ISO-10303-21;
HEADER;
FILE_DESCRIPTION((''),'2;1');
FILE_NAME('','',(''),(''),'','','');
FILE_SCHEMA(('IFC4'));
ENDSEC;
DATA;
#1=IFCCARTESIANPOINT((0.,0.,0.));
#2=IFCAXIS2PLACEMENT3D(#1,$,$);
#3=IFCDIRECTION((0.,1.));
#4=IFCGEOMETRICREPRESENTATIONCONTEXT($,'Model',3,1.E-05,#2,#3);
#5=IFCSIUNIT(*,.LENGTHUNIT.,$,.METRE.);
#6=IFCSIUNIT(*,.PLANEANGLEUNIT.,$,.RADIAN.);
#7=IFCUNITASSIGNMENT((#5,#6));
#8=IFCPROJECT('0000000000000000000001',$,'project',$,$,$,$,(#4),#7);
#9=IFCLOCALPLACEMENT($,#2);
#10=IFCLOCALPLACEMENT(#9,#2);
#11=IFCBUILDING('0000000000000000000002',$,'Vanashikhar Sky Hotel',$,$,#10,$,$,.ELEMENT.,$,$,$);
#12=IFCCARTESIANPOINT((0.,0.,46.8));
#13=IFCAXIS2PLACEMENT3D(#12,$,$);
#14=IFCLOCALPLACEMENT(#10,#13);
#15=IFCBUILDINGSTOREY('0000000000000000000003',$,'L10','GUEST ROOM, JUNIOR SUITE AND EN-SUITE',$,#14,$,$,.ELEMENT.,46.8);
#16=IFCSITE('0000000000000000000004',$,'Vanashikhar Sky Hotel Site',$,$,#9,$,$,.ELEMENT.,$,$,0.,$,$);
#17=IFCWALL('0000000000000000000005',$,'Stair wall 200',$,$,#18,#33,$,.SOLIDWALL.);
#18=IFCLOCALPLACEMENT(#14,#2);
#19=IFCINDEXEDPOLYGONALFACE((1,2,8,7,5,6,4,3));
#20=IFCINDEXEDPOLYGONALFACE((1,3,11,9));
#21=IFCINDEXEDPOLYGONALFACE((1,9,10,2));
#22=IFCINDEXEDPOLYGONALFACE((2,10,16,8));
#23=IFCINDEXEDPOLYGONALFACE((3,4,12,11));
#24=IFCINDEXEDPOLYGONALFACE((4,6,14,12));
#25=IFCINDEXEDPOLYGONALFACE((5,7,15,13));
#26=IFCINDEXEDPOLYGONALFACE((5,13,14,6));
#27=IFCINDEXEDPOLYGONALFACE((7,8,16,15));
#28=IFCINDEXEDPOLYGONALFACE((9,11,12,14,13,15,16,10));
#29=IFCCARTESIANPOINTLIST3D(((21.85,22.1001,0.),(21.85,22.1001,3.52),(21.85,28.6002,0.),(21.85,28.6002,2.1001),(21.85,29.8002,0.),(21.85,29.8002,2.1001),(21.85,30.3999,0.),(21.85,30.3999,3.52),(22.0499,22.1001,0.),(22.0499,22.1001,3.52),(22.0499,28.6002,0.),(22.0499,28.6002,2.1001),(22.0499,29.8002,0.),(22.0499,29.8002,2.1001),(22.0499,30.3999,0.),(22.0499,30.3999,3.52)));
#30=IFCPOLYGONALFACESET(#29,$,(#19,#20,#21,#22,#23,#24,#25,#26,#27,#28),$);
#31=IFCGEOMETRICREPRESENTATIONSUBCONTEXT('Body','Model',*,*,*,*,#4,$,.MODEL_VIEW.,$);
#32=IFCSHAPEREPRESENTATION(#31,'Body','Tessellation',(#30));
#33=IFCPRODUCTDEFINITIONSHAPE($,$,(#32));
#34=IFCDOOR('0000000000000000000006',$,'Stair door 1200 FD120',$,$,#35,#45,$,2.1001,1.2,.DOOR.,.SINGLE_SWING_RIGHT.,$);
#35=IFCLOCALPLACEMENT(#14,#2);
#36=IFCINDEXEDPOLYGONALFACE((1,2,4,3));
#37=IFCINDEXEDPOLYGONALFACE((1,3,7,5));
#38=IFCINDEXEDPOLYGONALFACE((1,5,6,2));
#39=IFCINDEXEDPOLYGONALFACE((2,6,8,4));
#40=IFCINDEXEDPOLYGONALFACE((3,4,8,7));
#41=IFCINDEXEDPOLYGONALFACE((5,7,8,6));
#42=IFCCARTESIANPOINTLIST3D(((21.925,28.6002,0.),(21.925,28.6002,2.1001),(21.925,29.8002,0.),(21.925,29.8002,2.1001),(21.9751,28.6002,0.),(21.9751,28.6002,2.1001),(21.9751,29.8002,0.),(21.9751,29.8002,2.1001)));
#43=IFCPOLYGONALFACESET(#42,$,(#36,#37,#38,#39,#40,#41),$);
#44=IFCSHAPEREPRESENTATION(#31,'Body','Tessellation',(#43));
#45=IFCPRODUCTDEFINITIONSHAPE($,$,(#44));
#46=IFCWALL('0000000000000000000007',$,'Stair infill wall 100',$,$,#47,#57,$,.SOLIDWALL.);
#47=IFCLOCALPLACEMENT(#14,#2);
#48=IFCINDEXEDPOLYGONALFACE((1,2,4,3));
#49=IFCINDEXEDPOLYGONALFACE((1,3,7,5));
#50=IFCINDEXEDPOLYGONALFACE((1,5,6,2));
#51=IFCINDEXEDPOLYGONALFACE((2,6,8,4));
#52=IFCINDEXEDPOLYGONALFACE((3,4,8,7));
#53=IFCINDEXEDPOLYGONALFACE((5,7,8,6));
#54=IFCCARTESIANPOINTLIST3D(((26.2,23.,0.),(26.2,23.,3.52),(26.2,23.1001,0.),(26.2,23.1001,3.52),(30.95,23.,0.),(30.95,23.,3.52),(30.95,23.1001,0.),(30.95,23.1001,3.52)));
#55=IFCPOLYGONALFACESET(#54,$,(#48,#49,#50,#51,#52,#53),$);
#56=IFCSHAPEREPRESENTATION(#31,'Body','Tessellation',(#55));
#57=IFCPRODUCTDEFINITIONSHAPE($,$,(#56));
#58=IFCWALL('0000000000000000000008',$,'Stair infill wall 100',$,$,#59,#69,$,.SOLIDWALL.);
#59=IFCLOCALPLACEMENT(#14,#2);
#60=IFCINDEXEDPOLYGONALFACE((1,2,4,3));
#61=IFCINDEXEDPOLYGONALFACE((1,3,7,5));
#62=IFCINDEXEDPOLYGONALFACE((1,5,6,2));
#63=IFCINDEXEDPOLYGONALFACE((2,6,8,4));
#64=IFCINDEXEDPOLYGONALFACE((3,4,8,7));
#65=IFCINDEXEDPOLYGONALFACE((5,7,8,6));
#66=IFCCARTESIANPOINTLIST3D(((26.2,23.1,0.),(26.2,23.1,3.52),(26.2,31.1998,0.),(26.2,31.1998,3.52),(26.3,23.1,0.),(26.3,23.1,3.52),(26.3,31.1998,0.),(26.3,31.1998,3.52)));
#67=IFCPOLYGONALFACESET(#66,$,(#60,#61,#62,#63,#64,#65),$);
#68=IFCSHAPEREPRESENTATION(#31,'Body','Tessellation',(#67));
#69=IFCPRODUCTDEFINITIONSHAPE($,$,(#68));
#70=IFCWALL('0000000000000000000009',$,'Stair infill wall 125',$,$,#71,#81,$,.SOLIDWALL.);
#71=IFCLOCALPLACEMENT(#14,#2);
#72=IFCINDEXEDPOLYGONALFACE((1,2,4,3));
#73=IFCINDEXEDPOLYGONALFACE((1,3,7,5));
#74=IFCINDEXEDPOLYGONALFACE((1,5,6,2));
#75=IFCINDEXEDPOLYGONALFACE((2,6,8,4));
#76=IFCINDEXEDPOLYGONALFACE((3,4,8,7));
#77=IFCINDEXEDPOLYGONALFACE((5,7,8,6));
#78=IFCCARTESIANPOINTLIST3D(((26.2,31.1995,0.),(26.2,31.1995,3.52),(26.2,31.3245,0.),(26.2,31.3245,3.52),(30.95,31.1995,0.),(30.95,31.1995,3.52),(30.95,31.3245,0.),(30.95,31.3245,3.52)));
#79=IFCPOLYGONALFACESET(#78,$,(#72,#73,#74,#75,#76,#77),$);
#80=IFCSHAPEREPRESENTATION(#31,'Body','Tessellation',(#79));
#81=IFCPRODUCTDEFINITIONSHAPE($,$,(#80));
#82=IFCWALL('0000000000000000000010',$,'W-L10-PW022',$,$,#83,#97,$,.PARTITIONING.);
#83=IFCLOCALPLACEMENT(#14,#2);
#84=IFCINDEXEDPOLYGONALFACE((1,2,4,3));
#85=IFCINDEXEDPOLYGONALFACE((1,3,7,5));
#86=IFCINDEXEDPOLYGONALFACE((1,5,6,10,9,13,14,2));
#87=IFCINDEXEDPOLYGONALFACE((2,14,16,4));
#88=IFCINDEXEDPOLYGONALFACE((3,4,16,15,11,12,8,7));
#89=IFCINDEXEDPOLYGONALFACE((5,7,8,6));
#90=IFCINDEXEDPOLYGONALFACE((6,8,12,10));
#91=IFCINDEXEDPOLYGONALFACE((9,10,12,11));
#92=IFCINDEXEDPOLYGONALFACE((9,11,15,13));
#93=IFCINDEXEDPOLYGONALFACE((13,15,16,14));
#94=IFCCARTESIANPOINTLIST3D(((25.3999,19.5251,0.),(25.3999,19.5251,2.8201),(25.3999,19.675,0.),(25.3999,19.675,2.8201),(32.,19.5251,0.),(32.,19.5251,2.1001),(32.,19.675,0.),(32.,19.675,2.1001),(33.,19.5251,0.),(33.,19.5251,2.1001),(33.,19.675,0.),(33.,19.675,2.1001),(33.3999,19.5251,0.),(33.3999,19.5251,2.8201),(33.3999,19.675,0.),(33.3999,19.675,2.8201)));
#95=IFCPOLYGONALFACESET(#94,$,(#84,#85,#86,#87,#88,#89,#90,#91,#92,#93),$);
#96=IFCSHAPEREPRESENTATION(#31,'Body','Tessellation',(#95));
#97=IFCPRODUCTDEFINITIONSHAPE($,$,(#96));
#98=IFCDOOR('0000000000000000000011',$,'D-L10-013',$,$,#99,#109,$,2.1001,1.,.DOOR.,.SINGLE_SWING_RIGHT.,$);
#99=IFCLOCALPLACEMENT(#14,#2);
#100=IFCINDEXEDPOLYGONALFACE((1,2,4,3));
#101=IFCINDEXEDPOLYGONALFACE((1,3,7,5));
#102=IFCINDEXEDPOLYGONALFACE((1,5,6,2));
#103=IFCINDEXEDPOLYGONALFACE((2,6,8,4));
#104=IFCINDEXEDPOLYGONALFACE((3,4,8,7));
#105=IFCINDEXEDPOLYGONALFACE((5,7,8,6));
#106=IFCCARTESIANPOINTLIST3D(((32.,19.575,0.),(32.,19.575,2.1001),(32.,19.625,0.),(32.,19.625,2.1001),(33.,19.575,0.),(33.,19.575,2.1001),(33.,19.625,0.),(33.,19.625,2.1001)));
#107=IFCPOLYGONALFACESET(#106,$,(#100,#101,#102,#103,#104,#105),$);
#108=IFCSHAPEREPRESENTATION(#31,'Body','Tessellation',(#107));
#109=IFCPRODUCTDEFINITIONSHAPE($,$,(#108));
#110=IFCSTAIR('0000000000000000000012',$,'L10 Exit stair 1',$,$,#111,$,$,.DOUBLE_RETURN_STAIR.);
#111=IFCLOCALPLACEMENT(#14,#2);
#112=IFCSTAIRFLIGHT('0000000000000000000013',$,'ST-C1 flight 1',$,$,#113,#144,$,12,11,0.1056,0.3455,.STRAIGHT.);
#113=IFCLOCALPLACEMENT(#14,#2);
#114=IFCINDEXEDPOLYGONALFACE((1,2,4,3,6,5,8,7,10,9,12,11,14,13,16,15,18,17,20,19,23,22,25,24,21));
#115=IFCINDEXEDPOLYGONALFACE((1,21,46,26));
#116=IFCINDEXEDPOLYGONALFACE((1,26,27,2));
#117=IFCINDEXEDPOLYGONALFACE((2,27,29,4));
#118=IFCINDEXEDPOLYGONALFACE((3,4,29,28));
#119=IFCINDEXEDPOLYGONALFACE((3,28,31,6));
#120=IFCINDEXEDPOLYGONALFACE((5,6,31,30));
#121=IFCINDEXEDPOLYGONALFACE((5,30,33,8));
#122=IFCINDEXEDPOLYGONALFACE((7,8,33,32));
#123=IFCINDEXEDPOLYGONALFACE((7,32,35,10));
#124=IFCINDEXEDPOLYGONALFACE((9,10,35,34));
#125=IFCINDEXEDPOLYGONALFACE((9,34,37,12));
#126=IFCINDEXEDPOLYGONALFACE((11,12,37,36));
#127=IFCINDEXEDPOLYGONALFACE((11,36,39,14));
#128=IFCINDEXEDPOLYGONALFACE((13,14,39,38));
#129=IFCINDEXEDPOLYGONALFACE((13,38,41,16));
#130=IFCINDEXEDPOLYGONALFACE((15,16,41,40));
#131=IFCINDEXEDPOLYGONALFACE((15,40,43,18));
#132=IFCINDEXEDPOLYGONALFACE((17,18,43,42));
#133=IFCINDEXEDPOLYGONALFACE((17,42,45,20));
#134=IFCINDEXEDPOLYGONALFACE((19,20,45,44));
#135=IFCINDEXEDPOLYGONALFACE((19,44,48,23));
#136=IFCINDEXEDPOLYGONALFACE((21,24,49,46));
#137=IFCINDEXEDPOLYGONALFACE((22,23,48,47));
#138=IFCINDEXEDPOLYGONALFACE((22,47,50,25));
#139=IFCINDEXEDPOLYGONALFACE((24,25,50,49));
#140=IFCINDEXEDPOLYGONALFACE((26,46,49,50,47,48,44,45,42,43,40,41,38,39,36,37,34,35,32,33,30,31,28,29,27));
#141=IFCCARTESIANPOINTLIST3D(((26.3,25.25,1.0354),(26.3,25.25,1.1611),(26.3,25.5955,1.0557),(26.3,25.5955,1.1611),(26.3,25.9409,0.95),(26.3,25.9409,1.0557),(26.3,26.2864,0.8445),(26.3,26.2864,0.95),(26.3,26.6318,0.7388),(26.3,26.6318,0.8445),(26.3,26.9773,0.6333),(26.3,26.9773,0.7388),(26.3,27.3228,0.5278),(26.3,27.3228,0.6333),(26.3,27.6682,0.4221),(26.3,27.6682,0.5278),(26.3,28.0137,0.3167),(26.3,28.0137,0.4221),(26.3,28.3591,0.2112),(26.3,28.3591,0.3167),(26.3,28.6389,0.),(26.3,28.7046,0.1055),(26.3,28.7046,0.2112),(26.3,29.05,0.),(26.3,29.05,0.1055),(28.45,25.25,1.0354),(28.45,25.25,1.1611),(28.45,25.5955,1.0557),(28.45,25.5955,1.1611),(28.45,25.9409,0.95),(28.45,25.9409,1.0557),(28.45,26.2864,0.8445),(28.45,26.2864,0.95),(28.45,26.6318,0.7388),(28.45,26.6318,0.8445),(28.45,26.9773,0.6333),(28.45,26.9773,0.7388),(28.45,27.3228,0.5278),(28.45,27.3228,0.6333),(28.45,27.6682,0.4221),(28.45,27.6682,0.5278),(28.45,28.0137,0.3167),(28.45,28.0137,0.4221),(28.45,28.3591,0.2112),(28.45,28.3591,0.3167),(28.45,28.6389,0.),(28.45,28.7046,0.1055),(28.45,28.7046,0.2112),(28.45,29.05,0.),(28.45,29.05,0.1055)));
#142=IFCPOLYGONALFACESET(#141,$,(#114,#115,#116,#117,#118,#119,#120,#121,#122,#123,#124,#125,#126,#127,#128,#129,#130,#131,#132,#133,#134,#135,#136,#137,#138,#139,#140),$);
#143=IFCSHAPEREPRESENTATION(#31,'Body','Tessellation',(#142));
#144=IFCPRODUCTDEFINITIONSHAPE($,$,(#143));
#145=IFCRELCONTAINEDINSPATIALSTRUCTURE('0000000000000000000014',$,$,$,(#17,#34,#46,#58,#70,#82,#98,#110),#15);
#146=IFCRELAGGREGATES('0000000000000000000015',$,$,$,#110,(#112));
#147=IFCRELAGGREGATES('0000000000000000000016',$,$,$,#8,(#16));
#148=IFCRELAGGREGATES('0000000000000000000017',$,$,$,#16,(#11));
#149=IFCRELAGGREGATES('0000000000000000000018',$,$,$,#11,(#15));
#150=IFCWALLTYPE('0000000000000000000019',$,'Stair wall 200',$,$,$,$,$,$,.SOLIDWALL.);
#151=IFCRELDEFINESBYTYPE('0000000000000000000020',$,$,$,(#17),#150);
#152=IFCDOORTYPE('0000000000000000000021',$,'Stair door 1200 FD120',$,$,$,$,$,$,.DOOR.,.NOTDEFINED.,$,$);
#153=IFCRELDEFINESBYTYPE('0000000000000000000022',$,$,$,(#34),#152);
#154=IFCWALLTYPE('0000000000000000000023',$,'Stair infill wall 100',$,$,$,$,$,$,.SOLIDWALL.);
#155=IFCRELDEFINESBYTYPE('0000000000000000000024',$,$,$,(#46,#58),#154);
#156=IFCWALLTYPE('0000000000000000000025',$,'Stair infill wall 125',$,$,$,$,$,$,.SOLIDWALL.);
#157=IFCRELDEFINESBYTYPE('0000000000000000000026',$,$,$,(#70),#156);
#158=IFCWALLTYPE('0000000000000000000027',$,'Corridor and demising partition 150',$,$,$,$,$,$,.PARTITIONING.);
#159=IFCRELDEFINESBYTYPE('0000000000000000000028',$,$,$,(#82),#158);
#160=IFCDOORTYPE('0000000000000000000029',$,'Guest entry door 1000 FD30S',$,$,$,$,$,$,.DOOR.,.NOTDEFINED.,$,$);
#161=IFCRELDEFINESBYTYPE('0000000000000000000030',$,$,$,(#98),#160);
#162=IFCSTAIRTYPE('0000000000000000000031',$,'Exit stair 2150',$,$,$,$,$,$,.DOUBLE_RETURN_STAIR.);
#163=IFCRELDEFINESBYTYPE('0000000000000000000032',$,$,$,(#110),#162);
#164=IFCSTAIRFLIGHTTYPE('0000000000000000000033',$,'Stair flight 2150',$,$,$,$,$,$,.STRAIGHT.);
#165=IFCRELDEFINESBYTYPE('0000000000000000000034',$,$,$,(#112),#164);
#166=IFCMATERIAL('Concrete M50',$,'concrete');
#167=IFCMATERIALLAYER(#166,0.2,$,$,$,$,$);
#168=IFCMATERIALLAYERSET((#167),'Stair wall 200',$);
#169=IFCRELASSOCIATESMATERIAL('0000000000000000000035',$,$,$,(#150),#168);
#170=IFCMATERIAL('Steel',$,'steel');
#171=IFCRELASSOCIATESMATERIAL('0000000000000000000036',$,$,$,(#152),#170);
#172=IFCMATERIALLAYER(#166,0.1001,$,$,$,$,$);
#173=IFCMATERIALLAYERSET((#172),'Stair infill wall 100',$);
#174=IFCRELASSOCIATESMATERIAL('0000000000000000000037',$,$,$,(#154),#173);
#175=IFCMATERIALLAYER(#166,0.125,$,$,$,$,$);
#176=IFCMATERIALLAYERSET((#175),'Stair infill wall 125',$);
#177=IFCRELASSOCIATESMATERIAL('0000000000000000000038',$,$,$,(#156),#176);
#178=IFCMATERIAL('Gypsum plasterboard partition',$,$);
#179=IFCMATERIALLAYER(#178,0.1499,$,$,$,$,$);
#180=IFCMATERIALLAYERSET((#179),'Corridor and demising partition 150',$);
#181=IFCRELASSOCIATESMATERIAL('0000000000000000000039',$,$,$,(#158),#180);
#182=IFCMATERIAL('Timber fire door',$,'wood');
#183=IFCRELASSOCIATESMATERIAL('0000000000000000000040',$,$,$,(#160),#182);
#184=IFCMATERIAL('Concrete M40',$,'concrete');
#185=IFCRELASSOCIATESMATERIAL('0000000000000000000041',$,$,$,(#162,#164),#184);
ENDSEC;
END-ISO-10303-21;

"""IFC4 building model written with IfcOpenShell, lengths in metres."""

from ifc_helpers import new_model, si_unit, direction, frame, frame_2d, origin, place, context, subcontext, project, spatial, polyline, rectangle, outline, extrude, source, transform, mapped, material, layer, layer_set, type_object, element, fill, aggregate, save


model = new_model("IFC4")

# Units and contexts
model_context = context("Model", 3, precision=1e-05, world=origin(), true_north=direction((0.0, 1.0)))
body_context = subcontext(model_context, "Body", "Model", "MODEL_VIEW")
ifc_project = project(units=[si_unit("LENGTHUNIT", "METRE"), si_unit("PLANEANGLEUNIT", "RADIAN")], contexts=[model_context])

# Site, building, storey
site_placement = place(None, origin())
site = spatial("IfcSite", under=ifc_project, at=site_placement, Name="Vanashikhar Sky Hotel Site", CompositionType="ELEMENT", RefElevation=0.0)
building_placement = place(site_placement, origin())
building = spatial("IfcBuilding", under=site, at=building_placement, Name="Vanashikhar Sky Hotel", CompositionType="ELEMENT")
storey_placement = place(building_placement, frame((0.0, 0.0, 46.8)))
storey = spatial("IfcBuildingStorey", under=building, at=storey_placement, Name="L10", Description="GUEST ROOM, JUNIOR SUITE AND EN-SUITE", CompositionType="ELEMENT", Elevation=46.8)

# Shared definitions
ifc_material_1 = material(Name="Steel", Category="steel")

# Wall, opening, door
ifc_material_2 = material(Name="Concrete M50", Category="concrete")
ifc_layer_1 = layer(ifc_material_2, 0.2)
ifc_layer_set_1 = layer_set([ifc_layer_1], Name="Stair wall 200")
wall_type_1 = type_object("IfcWallType", Name="Stair wall 200", PredefinedType="SOLIDWALL", material=ifc_layer_set_1)
shared_shape_1 = source(origin(), body_context, "Body", "SweptSolid", [
    extrude(rectangle(XDim=8.2998, YDim=0.2, at=frame_2d((4.1499, 0.0))), origin(), (0.0, 0.0, 1.0), 3.52),
])
wall_1_placement = place(storey_placement, frame((21.95, 22.1001, 0.0), z_axis=(0.0, 0.0, 1.0), x_axis=(0.0, 1.0, 0.0)))
wall_1 = element("IfcWall", 1, at=wall_1_placement, inside=storey, type_object=wall_type_1, Name="Stair wall 200", PredefinedType="SOLIDWALL", context=body_context, shape_type="MappedRepresentation", body=[
    mapped(shared_shape_1, transform((0.0, 0.0, 0.0), scale=1.0)),
])
shared_shape_2 = source(origin(), body_context, "Body", "SweptSolid", [
    extrude(rectangle(XDim=1.2, YDim=2.1001, at=frame_2d((0.6001, 1.05))), frame((0.0, 0.1099, 0.0), z_axis=(0.0, -1.0, 0.0), x_axis=(1.0, 0.0, 0.0)), (0.0, 0.0, 1.0), 0.22),
])
opening_1_placement = place(wall_1_placement, frame((6.5, 0.0, 0.0)))
opening_1 = element("IfcOpeningElement", 2, at=opening_1_placement, cuts=wall_1, PredefinedType="OPENING", context=body_context, shape_type="MappedRepresentation", body=[
    mapped(shared_shape_2, transform((0.0, 0.0, 0.0), scale=1.0)),
])
door_type_1 = type_object("IfcDoorType", Name="Stair door 1200 FD120", OperationType="NOTDEFINED", PredefinedType="DOOR", material=ifc_material_1)
shared_shape_3 = source(origin(), body_context, "Body", "SweptSolid", [
    extrude(rectangle(XDim=1.2, YDim=2.1001, at=frame_2d((0.6001, 1.05))), frame((0.0, 0.0249, 0.0), z_axis=(0.0, -1.0, 0.0), x_axis=(1.0, 0.0, 0.0)), (0.0, 0.0, 1.0), 0.05),
])
door_1_placement = place(opening_1_placement, origin())
door_1 = element("IfcDoor", 3, at=door_1_placement, inside=storey, type_object=door_type_1, Name="Stair door 1200 FD120", OperationType="SINGLE_SWING_RIGHT", OverallHeight=2.1001, OverallWidth=1.2, PredefinedType="DOOR", context=body_context, shape_type="MappedRepresentation", body=[
    mapped(shared_shape_3, transform((0.0, 0.0, 0.0), scale=1.0)),
])
fill(opening_1, door_1)

# Walls
ifc_layer_2 = layer(ifc_material_2, 0.1001)
ifc_layer_set_2 = layer_set([ifc_layer_2], Name="Stair infill wall 100")
wall_type_2 = type_object("IfcWallType", Name="Stair infill wall 100", PredefinedType="SOLIDWALL", material=ifc_layer_set_2)
shared_shape_4 = source(origin(), body_context, "Body", "SweptSolid", [
    extrude(rectangle(XDim=4.75, YDim=0.1001, at=frame_2d((2.375, 0.0))), origin(), (0.0, 0.0, 1.0), 3.52),
])
wall_2_placement = place(storey_placement, frame((26.2, 23.05, 0.0), z_axis=(0.0, 0.0, 1.0), x_axis=(1.0, 0.0, 0.0)))
element("IfcWall", 4, at=wall_2_placement, inside=storey, type_object=wall_type_2, Name="Stair infill wall 100", PredefinedType="SOLIDWALL", context=body_context, shape_type="MappedRepresentation", body=[
    mapped(shared_shape_4, transform((0.0, 0.0, 0.0), scale=1.0)),
])
shared_shape_5 = source(origin(), body_context, "Body", "SweptSolid", [
    extrude(rectangle(XDim=8.0999, YDim=0.1001, at=frame_2d((4.0498, 0.0))), origin(), (0.0, 0.0, 1.0), 3.52),
])
wall_3_placement = place(storey_placement, frame((26.25, 23.1001, 0.0), z_axis=(0.0, 0.0, 1.0), x_axis=(0.0, 1.0, 0.0)))
element("IfcWall", 5, at=wall_3_placement, inside=storey, type_object=wall_type_2, Name="Stair infill wall 100", PredefinedType="SOLIDWALL", context=body_context, shape_type="MappedRepresentation", body=[
    mapped(shared_shape_5, transform((0.0, 0.0, 0.0), scale=1.0)),
])
ifc_layer_3 = layer(ifc_material_2, 0.125)
ifc_layer_set_3 = layer_set([ifc_layer_3], Name="Stair infill wall 125")
wall_type_3 = type_object("IfcWallType", Name="Stair infill wall 125", PredefinedType="SOLIDWALL", material=ifc_layer_set_3)
shared_shape_6 = source(origin(), body_context, "Body", "SweptSolid", [
    extrude(rectangle(XDim=4.75, YDim=0.125, at=frame_2d((2.375, 0.0))), origin(), (0.0, 0.0, 1.0), 3.52),
])
wall_4_placement = place(storey_placement, frame((26.2, 31.262, 0.0), z_axis=(0.0, 0.0, 1.0), x_axis=(1.0, 0.0, 0.0)))
element("IfcWall", 6, at=wall_4_placement, inside=storey, type_object=wall_type_3, Name="Stair infill wall 125", PredefinedType="SOLIDWALL", context=body_context, shape_type="MappedRepresentation", body=[
    mapped(shared_shape_6, transform((0.0, 0.0, 0.0), scale=1.0)),
])

# Wall, opening, door
ifc_material_3 = material(Name="Gypsum plasterboard partition")
ifc_layer_4 = layer(ifc_material_3, 0.1499)
ifc_layer_set_4 = layer_set([ifc_layer_4], Name="Corridor and demising partition 150")
wall_type_4 = type_object("IfcWallType", Name="Corridor and demising partition 150", PredefinedType="PARTITIONING", material=ifc_layer_set_4)
shared_shape_7 = source(origin(), body_context, "Body", "SweptSolid", [
    extrude(rectangle(XDim=8.0, YDim=0.1499, at=frame_2d((4.0, 0.0))), origin(), (0.0, 0.0, 1.0), 2.8201),
])
wall_5_placement = place(storey_placement, frame((25.3999, 19.6001, 0.0), z_axis=(0.0, 0.0, 1.0), x_axis=(1.0, 0.0, 0.0)))
wall_5 = element("IfcWall", 7, at=wall_5_placement, inside=storey, type_object=wall_type_4, Name="W-L10-PW022", PredefinedType="PARTITIONING", context=body_context, shape_type="MappedRepresentation", body=[
    mapped(shared_shape_7, transform((0.0, 0.0, 0.0), scale=1.0)),
])
shared_shape_8 = source(origin(), body_context, "Body", "SweptSolid", [
    extrude(rectangle(XDim=1.0, YDim=2.1001, at=frame_2d((0.5, 1.05))), frame((0.0, 0.085, 0.0), z_axis=(0.0, -1.0, 0.0), x_axis=(1.0, 0.0, 0.0)), (0.0, 0.0, 1.0), 0.1699),
])
opening_2_placement = place(wall_5_placement, frame((6.6001, 0.0, 0.0)))
opening_2 = element("IfcOpeningElement", 8, at=opening_2_placement, cuts=wall_5, PredefinedType="OPENING", context=body_context, shape_type="MappedRepresentation", body=[
    mapped(shared_shape_8, transform((0.0, 0.0, 0.0), scale=1.0)),
])
ifc_material_4 = material(Name="Timber fire door", Category="wood")
door_type_2 = type_object("IfcDoorType", Name="Guest entry door 1000 FD30S", OperationType="NOTDEFINED", PredefinedType="DOOR", material=ifc_material_4)
shared_shape_9 = source(origin(), body_context, "Body", "SweptSolid", [
    extrude(rectangle(XDim=1.0, YDim=2.1001, at=frame_2d((0.5, 1.05))), frame((0.0, 0.0249, 0.0), z_axis=(0.0, -1.0, 0.0), x_axis=(1.0, 0.0, 0.0)), (0.0, 0.0, 1.0), 0.05),
])
door_2_placement = place(opening_2_placement, origin())
door_2 = element("IfcDoor", 9, at=door_2_placement, inside=storey, type_object=door_type_2, Name="D-L10-013", OperationType="SINGLE_SWING_RIGHT", OverallHeight=2.1001, OverallWidth=1.0, PredefinedType="DOOR", context=body_context, shape_type="MappedRepresentation", body=[
    mapped(shared_shape_9, transform((0.0, 0.0, 0.0), scale=1.0)),
])
fill(opening_2, door_2)

# Stair, stair flight
ifc_material_5 = material(Name="Concrete M40", Category="concrete")
stair_type = type_object("IfcStairType", Name="Exit stair 2150", PredefinedType="DOUBLE_RETURN_STAIR", material=ifc_material_5)
stair_1_placement = place(storey_placement, origin())
stair_1 = element("IfcStair", 10, at=stair_1_placement, inside=storey, type_object=stair_type, Name="L10 Exit stair 1", PredefinedType="DOUBLE_RETURN_STAIR")
stair_flight_type = type_object("IfcStairFlightType", Name="Stair flight 2150", PredefinedType="STRAIGHT", material=ifc_material_5)
shared_shape_10 = source(origin(), body_context, "Body", "SweptSolid", [
    extrude(outline(polyline([(0.0, 0.0), (0.0, 0.1055), (0.3455, 0.1055), (0.3455, 0.2112), (0.6909, 0.2112), (0.6909, 0.3167), (1.0364, 0.3167), (1.0364, 0.4221), (1.3818, 0.4221), (1.3818, 0.5278), (1.7273, 0.5278), (1.7273, 0.6333), (2.0728, 0.6333), (2.0728, 0.7388), (2.4182, 0.7388), (2.4182, 0.8445), (2.7637, 0.8445), (2.7637, 0.95), (3.1091, 0.95), (3.1091, 1.0557), (3.4546, 1.0557), (3.4546, 1.1611), (3.8, 1.1611), (3.8, 1.2666), (3.8, 1.0354), (0.4111, 0.0), (0.0, 0.0)])), frame((0.0, 1.075, 0.0), z_axis=(0.0, -1.0, 0.0), x_axis=(1.0, 0.0, 0.0)), (0.0, 0.0, 1.0), 2.1499),
])
stair_flight_1_placement = place(storey_placement, frame((27.375, 29.05, 0.0), z_axis=(0.0, 0.0, 1.0), x_axis=(0.0, -1.0, 0.0)))
stair_flight_1 = element("IfcStairFlight", 11, at=stair_flight_1_placement, type_object=stair_flight_type, Name="ST-C1 flight 1", NumberOfRisers=12, NumberOfTreads=11, PredefinedType="STRAIGHT", RiserHeight=0.1056, TreadLength=0.3455, context=body_context, shape_type="MappedRepresentation", body=[
    mapped(shared_shape_10, transform((0.0, 0.0, 0.0), scale=1.0)),
])
aggregate(stair_1, [stair_flight_1])

save(model, "model.ifc")
